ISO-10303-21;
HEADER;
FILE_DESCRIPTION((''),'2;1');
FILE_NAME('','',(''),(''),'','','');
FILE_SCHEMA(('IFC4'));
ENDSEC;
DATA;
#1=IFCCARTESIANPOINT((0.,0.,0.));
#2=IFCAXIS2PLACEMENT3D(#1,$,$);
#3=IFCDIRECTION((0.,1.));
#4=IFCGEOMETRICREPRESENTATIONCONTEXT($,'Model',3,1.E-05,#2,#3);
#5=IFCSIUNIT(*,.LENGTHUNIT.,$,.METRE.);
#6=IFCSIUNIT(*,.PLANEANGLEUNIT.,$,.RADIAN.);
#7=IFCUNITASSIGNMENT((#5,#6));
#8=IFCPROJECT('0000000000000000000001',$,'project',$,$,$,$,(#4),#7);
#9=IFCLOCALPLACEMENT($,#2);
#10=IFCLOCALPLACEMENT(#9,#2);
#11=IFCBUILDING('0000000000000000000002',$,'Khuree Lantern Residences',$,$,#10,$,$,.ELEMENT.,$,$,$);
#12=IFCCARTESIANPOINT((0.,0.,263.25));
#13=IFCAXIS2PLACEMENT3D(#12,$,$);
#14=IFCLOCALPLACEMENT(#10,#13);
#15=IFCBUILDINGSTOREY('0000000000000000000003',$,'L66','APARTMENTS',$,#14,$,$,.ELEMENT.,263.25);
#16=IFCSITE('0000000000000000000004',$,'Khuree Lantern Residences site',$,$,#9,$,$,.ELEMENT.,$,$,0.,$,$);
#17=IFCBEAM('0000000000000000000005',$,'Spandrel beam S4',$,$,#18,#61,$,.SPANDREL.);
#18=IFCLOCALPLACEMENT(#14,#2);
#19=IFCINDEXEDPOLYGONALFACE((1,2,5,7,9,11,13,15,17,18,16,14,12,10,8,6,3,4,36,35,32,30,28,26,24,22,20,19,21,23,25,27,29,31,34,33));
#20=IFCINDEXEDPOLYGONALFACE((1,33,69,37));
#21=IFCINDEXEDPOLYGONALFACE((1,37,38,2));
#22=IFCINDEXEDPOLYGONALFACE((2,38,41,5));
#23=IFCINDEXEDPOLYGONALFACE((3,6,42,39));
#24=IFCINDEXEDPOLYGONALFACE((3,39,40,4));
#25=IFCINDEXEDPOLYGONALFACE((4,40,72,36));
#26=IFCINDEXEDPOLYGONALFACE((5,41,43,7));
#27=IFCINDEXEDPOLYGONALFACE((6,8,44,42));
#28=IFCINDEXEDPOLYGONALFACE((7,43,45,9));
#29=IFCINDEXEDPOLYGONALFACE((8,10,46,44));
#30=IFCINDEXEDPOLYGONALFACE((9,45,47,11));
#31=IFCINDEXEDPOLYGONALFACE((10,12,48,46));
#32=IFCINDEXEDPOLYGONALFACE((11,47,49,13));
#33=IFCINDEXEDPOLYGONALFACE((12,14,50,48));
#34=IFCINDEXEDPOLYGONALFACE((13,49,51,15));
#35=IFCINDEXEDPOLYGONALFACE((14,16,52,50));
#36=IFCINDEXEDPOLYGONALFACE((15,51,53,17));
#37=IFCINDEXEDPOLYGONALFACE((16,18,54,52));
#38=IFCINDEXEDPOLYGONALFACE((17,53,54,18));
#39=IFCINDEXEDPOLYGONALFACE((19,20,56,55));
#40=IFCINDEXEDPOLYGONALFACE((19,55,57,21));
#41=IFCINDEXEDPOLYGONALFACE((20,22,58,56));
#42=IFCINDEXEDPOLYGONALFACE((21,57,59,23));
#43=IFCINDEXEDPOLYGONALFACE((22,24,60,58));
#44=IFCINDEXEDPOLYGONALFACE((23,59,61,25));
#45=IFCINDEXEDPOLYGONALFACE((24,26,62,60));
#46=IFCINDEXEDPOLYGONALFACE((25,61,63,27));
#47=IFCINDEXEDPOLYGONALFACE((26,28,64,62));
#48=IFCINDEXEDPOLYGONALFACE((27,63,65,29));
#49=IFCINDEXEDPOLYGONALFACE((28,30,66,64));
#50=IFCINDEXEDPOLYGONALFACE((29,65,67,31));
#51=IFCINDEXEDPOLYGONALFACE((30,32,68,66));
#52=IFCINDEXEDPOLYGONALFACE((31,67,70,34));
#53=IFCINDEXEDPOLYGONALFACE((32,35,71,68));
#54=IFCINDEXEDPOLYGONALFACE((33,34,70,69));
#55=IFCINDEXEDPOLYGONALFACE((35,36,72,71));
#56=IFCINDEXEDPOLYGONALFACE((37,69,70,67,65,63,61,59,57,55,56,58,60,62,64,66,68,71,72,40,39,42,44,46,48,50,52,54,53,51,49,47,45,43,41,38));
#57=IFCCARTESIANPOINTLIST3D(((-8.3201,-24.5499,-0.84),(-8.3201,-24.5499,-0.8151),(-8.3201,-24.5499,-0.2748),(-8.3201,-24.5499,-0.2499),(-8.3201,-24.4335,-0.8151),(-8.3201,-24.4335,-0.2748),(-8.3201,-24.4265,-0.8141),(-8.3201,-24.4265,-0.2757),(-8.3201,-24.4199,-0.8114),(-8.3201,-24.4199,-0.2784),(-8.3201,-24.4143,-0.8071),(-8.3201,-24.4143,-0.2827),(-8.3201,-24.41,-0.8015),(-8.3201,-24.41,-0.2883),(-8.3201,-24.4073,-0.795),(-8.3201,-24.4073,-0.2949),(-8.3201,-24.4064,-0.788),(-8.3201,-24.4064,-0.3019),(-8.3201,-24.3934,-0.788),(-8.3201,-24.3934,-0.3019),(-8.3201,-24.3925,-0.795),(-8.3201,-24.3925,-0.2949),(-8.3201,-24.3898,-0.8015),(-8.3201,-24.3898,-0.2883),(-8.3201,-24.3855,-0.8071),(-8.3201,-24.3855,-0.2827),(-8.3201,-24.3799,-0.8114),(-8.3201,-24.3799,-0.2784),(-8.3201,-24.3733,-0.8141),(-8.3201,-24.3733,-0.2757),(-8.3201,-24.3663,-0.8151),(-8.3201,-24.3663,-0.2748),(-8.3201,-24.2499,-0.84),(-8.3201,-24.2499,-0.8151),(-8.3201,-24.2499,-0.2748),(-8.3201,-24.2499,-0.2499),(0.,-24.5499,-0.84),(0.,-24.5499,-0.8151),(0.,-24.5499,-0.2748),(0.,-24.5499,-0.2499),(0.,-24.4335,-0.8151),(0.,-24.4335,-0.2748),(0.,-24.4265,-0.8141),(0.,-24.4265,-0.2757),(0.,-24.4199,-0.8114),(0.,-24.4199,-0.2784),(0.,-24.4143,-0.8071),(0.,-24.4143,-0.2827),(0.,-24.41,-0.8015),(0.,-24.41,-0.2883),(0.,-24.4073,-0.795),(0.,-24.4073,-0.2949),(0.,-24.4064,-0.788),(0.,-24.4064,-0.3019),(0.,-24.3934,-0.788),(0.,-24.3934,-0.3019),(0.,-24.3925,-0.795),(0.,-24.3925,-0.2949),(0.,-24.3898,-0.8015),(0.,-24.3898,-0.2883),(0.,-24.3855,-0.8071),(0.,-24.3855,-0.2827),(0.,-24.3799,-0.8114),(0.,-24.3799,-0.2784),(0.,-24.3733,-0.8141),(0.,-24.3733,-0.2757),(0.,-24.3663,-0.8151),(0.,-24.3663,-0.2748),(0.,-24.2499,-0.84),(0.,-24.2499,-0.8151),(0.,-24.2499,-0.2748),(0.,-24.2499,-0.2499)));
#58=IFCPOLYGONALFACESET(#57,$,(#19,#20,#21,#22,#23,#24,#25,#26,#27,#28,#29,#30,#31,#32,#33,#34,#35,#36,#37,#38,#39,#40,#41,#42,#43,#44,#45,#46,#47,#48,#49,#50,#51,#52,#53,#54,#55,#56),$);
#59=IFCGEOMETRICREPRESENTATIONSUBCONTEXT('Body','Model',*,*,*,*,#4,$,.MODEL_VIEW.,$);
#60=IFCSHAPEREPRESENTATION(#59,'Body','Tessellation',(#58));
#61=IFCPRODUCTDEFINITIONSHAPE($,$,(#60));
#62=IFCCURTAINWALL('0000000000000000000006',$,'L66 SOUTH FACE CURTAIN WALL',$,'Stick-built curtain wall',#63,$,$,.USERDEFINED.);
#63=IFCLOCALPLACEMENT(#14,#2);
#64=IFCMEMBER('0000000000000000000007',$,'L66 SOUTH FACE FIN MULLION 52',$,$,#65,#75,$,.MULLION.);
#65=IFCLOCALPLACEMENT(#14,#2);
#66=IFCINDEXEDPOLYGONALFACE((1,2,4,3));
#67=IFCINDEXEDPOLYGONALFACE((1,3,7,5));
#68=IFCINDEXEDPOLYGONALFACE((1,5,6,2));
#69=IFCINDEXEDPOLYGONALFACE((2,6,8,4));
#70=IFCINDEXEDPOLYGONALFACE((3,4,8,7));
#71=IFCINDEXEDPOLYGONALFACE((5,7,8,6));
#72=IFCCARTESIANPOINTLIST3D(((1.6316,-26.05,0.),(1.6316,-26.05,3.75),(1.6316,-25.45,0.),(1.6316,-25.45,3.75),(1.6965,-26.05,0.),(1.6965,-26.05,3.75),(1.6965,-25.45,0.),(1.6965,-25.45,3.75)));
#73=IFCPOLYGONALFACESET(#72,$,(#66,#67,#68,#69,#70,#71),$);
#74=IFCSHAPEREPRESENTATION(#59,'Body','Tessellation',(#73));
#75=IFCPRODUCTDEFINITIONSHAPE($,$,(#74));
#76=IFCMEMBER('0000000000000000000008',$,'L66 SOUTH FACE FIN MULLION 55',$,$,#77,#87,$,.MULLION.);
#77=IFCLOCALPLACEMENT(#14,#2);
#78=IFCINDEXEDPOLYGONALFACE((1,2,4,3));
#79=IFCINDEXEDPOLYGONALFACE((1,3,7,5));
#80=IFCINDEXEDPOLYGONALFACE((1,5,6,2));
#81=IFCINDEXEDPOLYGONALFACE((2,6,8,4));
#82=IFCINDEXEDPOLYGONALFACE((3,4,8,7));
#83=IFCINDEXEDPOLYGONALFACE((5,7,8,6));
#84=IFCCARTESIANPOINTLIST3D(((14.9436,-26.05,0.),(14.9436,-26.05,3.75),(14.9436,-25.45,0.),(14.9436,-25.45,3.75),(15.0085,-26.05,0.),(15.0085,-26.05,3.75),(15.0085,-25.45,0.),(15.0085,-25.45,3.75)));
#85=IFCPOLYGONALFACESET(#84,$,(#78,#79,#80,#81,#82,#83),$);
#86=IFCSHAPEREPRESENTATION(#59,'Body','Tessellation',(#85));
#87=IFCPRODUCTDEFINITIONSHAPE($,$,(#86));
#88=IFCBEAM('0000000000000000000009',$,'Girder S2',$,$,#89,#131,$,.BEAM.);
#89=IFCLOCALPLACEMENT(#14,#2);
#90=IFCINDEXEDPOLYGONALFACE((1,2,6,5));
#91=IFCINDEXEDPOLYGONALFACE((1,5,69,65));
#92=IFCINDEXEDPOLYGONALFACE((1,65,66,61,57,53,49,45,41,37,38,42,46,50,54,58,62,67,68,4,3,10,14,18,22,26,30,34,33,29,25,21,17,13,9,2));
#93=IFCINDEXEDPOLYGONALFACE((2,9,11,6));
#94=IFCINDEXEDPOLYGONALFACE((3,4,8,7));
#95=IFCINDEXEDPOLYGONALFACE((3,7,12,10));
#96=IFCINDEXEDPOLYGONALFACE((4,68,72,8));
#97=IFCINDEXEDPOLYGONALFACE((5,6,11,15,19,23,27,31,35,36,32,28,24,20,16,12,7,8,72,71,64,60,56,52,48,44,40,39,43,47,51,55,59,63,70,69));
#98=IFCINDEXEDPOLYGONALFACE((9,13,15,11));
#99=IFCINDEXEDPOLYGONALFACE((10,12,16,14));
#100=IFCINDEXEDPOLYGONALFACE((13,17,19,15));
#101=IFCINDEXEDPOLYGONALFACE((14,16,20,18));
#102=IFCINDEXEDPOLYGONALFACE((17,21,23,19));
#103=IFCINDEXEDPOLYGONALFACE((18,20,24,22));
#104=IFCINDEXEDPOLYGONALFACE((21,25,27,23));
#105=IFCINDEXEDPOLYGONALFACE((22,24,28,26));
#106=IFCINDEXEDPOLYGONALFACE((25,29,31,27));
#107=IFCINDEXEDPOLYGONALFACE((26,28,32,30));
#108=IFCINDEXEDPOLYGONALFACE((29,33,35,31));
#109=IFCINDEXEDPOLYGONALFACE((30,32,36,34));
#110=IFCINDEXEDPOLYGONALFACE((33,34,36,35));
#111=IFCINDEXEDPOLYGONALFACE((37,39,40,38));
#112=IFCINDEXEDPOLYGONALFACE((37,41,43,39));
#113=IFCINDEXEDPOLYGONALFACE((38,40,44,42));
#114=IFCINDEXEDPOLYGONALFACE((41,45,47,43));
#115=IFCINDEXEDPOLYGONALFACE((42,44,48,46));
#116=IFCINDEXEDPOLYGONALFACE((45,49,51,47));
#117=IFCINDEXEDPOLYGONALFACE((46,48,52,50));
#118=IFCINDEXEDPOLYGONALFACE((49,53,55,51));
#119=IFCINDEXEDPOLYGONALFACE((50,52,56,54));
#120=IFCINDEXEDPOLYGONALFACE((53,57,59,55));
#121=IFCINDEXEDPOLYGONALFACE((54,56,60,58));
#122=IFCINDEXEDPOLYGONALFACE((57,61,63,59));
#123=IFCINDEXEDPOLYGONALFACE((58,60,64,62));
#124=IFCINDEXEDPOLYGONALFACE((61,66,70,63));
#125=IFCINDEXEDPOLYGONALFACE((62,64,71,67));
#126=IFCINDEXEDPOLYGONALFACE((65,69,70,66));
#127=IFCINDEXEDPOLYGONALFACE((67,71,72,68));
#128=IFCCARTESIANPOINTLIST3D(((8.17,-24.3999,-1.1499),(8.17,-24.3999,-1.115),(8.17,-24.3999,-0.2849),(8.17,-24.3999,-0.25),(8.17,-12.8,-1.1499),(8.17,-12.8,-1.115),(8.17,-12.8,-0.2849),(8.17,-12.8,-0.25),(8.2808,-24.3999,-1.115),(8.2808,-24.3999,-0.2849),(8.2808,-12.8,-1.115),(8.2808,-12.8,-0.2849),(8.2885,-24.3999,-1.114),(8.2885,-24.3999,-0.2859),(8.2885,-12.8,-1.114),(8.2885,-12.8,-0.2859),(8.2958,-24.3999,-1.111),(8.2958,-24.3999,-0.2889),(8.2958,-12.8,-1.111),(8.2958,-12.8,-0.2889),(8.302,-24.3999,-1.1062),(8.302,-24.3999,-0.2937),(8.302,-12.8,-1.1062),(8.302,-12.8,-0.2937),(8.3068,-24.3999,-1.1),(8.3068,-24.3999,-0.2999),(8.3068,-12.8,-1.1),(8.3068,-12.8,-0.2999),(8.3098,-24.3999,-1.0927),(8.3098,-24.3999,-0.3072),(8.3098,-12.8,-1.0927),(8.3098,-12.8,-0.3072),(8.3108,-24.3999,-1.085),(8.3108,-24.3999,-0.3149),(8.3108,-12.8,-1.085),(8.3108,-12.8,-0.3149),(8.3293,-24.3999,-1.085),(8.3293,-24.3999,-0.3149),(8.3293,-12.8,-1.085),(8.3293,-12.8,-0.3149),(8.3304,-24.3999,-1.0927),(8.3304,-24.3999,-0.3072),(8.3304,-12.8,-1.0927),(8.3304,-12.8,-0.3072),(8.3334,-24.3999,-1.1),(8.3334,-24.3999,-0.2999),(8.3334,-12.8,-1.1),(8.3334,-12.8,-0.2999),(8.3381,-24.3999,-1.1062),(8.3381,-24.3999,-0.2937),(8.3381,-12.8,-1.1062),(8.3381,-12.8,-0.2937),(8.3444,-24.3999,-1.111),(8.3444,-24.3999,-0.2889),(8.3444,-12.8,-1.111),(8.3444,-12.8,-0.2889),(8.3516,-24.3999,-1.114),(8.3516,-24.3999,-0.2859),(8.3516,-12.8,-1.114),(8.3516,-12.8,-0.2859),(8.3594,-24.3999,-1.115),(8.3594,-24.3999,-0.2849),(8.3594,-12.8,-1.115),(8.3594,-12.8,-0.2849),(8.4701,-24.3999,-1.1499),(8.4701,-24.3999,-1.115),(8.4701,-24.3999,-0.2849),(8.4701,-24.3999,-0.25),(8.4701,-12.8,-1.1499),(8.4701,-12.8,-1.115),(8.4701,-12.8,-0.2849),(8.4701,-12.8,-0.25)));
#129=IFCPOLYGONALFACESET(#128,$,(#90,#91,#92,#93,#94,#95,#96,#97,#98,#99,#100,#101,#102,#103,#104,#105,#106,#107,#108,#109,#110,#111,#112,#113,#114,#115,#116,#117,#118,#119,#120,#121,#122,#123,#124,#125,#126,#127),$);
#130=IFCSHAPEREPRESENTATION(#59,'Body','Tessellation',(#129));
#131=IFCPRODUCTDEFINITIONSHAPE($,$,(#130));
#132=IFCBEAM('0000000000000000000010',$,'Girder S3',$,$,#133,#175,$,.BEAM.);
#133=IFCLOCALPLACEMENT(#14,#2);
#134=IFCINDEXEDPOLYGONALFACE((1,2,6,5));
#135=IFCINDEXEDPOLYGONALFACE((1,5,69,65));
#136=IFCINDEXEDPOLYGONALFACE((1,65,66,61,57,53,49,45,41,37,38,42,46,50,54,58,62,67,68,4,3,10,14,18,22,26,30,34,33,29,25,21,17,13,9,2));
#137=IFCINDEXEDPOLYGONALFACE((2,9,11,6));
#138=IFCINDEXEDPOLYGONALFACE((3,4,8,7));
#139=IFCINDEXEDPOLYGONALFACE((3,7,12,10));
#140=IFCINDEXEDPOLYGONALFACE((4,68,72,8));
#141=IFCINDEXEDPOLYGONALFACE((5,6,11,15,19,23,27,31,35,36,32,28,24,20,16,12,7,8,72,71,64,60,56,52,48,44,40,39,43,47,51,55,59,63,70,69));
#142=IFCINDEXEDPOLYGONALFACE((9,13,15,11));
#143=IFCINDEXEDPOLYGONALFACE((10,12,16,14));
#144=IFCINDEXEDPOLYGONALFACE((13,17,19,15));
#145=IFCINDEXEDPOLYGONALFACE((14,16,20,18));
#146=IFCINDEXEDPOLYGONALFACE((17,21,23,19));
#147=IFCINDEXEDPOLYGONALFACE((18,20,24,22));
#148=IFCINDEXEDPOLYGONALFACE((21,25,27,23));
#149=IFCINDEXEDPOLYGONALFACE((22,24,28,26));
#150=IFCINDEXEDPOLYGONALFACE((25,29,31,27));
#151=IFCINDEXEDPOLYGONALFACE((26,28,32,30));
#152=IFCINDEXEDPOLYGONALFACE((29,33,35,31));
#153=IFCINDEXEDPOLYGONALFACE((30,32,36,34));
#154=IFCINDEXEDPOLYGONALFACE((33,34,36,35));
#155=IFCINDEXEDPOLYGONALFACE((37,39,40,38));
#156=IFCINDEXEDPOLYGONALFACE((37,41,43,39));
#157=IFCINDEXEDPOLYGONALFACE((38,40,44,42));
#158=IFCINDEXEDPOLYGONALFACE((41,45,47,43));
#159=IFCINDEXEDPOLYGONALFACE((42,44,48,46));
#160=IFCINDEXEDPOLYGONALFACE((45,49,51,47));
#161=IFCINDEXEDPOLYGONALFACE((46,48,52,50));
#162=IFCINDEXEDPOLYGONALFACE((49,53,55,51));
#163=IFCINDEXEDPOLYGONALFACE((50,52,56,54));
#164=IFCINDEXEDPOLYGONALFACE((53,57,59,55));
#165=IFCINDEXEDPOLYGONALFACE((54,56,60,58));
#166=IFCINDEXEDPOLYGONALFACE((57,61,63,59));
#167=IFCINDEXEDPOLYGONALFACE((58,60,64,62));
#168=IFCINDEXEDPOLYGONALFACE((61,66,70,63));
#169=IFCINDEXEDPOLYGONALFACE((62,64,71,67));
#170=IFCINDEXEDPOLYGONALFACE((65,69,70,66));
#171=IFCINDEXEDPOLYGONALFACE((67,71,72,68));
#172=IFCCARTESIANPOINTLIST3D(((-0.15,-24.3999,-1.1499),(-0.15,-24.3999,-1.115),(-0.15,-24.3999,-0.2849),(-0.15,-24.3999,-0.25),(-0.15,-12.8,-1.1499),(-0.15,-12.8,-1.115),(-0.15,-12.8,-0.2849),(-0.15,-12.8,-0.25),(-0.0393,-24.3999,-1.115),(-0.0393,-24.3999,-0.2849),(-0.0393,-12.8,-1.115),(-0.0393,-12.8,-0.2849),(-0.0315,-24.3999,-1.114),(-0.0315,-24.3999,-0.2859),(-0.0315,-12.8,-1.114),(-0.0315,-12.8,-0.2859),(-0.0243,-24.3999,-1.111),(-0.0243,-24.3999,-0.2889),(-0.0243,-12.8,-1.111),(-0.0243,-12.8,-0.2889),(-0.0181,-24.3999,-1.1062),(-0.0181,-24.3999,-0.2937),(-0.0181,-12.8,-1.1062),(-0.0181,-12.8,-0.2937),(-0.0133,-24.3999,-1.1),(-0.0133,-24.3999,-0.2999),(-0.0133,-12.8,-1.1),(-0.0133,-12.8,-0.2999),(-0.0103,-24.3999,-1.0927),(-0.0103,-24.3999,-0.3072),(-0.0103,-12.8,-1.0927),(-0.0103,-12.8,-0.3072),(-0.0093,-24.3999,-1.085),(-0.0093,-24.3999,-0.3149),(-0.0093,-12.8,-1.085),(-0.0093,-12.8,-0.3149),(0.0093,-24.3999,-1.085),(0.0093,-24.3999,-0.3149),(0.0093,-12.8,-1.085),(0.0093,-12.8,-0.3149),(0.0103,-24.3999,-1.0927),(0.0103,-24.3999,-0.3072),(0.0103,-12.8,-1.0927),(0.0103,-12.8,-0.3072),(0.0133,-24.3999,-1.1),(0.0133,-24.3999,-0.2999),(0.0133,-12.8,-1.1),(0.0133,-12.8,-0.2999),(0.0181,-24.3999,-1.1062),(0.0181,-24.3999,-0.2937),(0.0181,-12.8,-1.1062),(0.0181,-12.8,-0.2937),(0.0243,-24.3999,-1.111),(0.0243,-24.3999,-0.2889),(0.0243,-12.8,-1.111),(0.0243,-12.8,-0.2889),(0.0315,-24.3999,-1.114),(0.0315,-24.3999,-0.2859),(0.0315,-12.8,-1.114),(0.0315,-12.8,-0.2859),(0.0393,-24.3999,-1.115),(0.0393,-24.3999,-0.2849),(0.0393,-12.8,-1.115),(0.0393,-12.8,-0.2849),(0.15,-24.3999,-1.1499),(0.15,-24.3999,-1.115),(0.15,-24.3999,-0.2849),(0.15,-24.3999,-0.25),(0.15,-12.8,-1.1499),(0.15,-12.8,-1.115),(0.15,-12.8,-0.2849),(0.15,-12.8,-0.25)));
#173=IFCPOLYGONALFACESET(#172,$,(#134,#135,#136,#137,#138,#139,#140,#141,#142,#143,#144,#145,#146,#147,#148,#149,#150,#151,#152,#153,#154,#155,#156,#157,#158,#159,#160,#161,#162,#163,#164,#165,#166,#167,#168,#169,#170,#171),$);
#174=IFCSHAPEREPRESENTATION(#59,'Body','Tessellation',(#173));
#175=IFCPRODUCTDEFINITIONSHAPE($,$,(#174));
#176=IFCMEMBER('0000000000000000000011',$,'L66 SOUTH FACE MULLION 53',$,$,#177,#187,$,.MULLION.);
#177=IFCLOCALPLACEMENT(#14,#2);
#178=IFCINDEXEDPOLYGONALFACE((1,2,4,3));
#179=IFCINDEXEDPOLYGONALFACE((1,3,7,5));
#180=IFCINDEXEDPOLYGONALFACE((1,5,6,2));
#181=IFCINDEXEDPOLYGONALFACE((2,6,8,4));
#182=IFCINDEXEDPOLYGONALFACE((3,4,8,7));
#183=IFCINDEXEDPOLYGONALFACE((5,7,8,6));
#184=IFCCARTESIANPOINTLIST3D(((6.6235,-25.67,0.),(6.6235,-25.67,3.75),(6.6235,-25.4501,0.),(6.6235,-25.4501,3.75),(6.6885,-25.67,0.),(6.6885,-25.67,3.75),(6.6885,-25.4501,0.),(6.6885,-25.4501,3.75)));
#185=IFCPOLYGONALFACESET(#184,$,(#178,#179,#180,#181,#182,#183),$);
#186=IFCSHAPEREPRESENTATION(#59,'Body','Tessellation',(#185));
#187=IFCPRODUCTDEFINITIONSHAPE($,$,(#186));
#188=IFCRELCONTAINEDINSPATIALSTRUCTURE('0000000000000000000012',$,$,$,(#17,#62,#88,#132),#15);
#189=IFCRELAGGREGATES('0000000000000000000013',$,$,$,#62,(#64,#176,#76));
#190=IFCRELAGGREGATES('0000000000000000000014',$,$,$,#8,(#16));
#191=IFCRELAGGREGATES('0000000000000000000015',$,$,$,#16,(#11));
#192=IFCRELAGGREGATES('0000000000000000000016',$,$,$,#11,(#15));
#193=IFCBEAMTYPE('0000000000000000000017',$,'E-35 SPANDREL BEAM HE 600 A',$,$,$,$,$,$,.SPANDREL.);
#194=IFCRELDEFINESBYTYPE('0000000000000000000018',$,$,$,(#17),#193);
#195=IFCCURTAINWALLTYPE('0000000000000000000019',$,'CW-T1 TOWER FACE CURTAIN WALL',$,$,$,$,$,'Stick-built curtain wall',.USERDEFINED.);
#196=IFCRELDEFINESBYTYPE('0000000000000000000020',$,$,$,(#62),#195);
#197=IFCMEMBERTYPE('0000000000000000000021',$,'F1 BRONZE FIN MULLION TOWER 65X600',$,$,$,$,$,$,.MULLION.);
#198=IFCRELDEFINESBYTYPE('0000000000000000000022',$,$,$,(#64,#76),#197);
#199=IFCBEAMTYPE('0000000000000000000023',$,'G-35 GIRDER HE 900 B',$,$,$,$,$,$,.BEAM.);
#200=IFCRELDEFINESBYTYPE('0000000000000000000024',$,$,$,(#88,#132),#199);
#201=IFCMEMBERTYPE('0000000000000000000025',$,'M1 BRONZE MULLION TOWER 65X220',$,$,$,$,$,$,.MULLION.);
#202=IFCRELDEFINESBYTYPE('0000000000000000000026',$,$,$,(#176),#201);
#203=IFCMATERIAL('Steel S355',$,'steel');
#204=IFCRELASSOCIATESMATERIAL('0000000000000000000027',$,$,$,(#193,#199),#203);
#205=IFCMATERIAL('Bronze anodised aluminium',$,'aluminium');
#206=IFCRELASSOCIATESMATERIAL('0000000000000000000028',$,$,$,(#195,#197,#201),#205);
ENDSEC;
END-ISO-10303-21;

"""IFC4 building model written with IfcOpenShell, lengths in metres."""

from ifc_helpers import new_model, si_unit, direction, frame, origin, origin_2d, place, context, subcontext, project, spatial, rectangle, i_section, extrude, material, material_profile, profile_set, type_object, element, aggregate, save


model = new_model("IFC4")

# Units and contexts
model_context = context("Model", 3, precision=1e-05, world=origin(), true_north=direction((0.0, 1.0)))
body_context = subcontext(model_context, "Body", "Model", "MODEL_VIEW")
ifc_project = project(units=[si_unit("LENGTHUNIT", "METRE"), si_unit("PLANEANGLEUNIT", "RADIAN")], contexts=[model_context])

# Site, building, storey
site_placement = place(None, origin())
site = spatial("IfcSite", under=ifc_project, at=site_placement, Name="Khuree Lantern Residences site", CompositionType="ELEMENT", RefElevation=0.0)
building_placement = place(site_placement, origin())
building = spatial("IfcBuilding", under=site, at=building_placement, Name="Khuree Lantern Residences", CompositionType="ELEMENT")
storey_placement = place(building_placement, frame((0.0, 0.0, 263.25)))
storey = spatial("IfcBuildingStorey", under=building, at=storey_placement, Name="L66", Description="APARTMENTS", CompositionType="ELEMENT", Elevation=263.25)

# Beam
ifc_material_1 = material(Name="Steel S355", Category="steel")
ifc_material_profile_1 = material_profile(ifc_material_1, i_section(OverallWidth=0.3, OverallDepth=0.5901, WebThickness=0.0129, FlangeThickness=0.0249, FilletRadius=0.0271, at=origin_2d()), Name="HE 600 A")
ifc_profile_set_1 = profile_set([ifc_material_profile_1], Name="Steel S355")
beam_type_1 = type_object("IfcBeamType", Name="E-35 SPANDREL BEAM HE 600 A", PredefinedType="SPANDREL", material=ifc_profile_set_1)
for number, where, z_axis, x_axis, name in (
    (1, (0.0, -24.3999, -0.5449), (-1.0, 0.0, 0.0), (0.0, -1.0, 0.0), "Spandrel beam S4"),
):
    element("IfcBeam", number, at=place(storey_placement, frame(where, z_axis=z_axis, x_axis=x_axis)), inside=storey, type_object=beam_type_1, Name=name, PredefinedType="SPANDREL", context=body_context, shape_type="SweptSolid", body=[
        extrude(i_section(OverallWidth=0.3, OverallDepth=0.5901, WebThickness=0.0129, FlangeThickness=0.0249, FilletRadius=0.0271, at=origin_2d()), origin(), (0.0, 0.0, 1.0), 8.3201),
    ])

# Curtain wall, members
ifc_material_2 = material(Name="Bronze anodised aluminium", Category="aluminium")
curtain_wall_type = type_object("IfcCurtainWallType", Name="CW-T1 TOWER FACE CURTAIN WALL", ElementType="Stick-built curtain wall", PredefinedType="USERDEFINED", material=ifc_material_2)
curtain_wall_placement = place(storey_placement, origin())
curtain_wall = element("IfcCurtainWall", 2, at=curtain_wall_placement, inside=storey, type_object=curtain_wall_type, Name="L66 SOUTH FACE CURTAIN WALL", ObjectType="Stick-built curtain wall", PredefinedType="USERDEFINED")
ifc_material_profile_2 = material_profile(ifc_material_2, rectangle(XDim=0.0649, YDim=0.6001, at=origin_2d()), Name="F1 65X600")
ifc_profile_set_2 = profile_set([ifc_material_profile_2], Name="Bronze anodised aluminium")
member_type_1 = type_object("IfcMemberType", Name="F1 BRONZE FIN MULLION TOWER 65X600", PredefinedType="MULLION", material=ifc_profile_set_2)
member_1_placement = place(storey_placement, frame((1.6641, -25.75, 0.0), z_axis=(0.0, 0.0, 1.0), x_axis=(1.0, 0.0, 0.0)))
member_1 = element("IfcMember", 3, at=member_1_placement, type_object=member_type_1, Name="L66 SOUTH FACE FIN MULLION 52", PredefinedType="MULLION", context=body_context, shape_type="SweptSolid", body=[
    extrude(rectangle(XDim=0.0649, YDim=0.6001, at=origin_2d()), origin(), (0.0, 0.0, 1.0), 3.75),
])
member_2_placement = place(storey_placement, frame((14.9761, -25.75, 0.0), z_axis=(0.0, 0.0, 1.0), x_axis=(1.0, 0.0, 0.0)))
member_2 = element("IfcMember", 4, at=member_2_placement, type_object=member_type_1, Name="L66 SOUTH FACE FIN MULLION 55", PredefinedType="MULLION", context=body_context, shape_type="SweptSolid", body=[
    extrude(rectangle(XDim=0.0649, YDim=0.6001, at=origin_2d()), origin(), (0.0, 0.0, 1.0), 3.75),
])

# Beams
ifc_material_profile_3 = material_profile(ifc_material_1, i_section(OverallWidth=0.3, OverallDepth=0.8999, WebThickness=0.0186, FlangeThickness=0.0349, FilletRadius=0.03, at=origin_2d()), Name="HE 900 B")
ifc_profile_set_3 = profile_set([ifc_material_profile_3], Name="Steel S355")
beam_type_2 = type_object("IfcBeamType", Name="G-35 GIRDER HE 900 B", PredefinedType="BEAM", material=ifc_profile_set_3)
for number, where, z_axis, x_axis, name in (
    (5, (8.3201, -24.3999, -0.7), (0.0, 1.0, 0.0), (-1.0, 0.0, 0.0), "Girder S2"),
    (6, (0.0, -24.3999, -0.7), (0.0, 1.0, 0.0), (-1.0, 0.0, 0.0), "Girder S3"),
):
    element("IfcBeam", number, at=place(storey_placement, frame(where, z_axis=z_axis, x_axis=x_axis)), inside=storey, type_object=beam_type_2, Name=name, PredefinedType="BEAM", context=body_context, shape_type="SweptSolid", body=[
        extrude(i_section(OverallWidth=0.3, OverallDepth=0.8999, WebThickness=0.0186, FlangeThickness=0.0349, FilletRadius=0.03, at=origin_2d()), origin(), (0.0, 0.0, 1.0), 11.5999),
    ])

# Member
ifc_material_profile_4 = material_profile(ifc_material_2, rectangle(XDim=0.0649, YDim=0.22, at=origin_2d()), Name="M1 65X220")
ifc_profile_set_4 = profile_set([ifc_material_profile_4], Name="Bronze anodised aluminium")
member_type_2 = type_object("IfcMemberType", Name="M1 BRONZE MULLION TOWER 65X220", PredefinedType="MULLION", material=ifc_profile_set_4)
member_3_placement = place(storey_placement, frame((6.656, -25.5601, 0.0), z_axis=(0.0, 0.0, 1.0), x_axis=(1.0, 0.0, 0.0)))
member_3 = element("IfcMember", 7, at=member_3_placement, type_object=member_type_2, Name="L66 SOUTH FACE MULLION 53", PredefinedType="MULLION", context=body_context, shape_type="SweptSolid", body=[
    extrude(rectangle(XDim=0.0649, YDim=0.22, at=origin_2d()), origin(), (0.0, 0.0, 1.0), 3.75),
])

aggregate(curtain_wall, [member_1, member_3, member_2])

save(model, "model.ifc")
